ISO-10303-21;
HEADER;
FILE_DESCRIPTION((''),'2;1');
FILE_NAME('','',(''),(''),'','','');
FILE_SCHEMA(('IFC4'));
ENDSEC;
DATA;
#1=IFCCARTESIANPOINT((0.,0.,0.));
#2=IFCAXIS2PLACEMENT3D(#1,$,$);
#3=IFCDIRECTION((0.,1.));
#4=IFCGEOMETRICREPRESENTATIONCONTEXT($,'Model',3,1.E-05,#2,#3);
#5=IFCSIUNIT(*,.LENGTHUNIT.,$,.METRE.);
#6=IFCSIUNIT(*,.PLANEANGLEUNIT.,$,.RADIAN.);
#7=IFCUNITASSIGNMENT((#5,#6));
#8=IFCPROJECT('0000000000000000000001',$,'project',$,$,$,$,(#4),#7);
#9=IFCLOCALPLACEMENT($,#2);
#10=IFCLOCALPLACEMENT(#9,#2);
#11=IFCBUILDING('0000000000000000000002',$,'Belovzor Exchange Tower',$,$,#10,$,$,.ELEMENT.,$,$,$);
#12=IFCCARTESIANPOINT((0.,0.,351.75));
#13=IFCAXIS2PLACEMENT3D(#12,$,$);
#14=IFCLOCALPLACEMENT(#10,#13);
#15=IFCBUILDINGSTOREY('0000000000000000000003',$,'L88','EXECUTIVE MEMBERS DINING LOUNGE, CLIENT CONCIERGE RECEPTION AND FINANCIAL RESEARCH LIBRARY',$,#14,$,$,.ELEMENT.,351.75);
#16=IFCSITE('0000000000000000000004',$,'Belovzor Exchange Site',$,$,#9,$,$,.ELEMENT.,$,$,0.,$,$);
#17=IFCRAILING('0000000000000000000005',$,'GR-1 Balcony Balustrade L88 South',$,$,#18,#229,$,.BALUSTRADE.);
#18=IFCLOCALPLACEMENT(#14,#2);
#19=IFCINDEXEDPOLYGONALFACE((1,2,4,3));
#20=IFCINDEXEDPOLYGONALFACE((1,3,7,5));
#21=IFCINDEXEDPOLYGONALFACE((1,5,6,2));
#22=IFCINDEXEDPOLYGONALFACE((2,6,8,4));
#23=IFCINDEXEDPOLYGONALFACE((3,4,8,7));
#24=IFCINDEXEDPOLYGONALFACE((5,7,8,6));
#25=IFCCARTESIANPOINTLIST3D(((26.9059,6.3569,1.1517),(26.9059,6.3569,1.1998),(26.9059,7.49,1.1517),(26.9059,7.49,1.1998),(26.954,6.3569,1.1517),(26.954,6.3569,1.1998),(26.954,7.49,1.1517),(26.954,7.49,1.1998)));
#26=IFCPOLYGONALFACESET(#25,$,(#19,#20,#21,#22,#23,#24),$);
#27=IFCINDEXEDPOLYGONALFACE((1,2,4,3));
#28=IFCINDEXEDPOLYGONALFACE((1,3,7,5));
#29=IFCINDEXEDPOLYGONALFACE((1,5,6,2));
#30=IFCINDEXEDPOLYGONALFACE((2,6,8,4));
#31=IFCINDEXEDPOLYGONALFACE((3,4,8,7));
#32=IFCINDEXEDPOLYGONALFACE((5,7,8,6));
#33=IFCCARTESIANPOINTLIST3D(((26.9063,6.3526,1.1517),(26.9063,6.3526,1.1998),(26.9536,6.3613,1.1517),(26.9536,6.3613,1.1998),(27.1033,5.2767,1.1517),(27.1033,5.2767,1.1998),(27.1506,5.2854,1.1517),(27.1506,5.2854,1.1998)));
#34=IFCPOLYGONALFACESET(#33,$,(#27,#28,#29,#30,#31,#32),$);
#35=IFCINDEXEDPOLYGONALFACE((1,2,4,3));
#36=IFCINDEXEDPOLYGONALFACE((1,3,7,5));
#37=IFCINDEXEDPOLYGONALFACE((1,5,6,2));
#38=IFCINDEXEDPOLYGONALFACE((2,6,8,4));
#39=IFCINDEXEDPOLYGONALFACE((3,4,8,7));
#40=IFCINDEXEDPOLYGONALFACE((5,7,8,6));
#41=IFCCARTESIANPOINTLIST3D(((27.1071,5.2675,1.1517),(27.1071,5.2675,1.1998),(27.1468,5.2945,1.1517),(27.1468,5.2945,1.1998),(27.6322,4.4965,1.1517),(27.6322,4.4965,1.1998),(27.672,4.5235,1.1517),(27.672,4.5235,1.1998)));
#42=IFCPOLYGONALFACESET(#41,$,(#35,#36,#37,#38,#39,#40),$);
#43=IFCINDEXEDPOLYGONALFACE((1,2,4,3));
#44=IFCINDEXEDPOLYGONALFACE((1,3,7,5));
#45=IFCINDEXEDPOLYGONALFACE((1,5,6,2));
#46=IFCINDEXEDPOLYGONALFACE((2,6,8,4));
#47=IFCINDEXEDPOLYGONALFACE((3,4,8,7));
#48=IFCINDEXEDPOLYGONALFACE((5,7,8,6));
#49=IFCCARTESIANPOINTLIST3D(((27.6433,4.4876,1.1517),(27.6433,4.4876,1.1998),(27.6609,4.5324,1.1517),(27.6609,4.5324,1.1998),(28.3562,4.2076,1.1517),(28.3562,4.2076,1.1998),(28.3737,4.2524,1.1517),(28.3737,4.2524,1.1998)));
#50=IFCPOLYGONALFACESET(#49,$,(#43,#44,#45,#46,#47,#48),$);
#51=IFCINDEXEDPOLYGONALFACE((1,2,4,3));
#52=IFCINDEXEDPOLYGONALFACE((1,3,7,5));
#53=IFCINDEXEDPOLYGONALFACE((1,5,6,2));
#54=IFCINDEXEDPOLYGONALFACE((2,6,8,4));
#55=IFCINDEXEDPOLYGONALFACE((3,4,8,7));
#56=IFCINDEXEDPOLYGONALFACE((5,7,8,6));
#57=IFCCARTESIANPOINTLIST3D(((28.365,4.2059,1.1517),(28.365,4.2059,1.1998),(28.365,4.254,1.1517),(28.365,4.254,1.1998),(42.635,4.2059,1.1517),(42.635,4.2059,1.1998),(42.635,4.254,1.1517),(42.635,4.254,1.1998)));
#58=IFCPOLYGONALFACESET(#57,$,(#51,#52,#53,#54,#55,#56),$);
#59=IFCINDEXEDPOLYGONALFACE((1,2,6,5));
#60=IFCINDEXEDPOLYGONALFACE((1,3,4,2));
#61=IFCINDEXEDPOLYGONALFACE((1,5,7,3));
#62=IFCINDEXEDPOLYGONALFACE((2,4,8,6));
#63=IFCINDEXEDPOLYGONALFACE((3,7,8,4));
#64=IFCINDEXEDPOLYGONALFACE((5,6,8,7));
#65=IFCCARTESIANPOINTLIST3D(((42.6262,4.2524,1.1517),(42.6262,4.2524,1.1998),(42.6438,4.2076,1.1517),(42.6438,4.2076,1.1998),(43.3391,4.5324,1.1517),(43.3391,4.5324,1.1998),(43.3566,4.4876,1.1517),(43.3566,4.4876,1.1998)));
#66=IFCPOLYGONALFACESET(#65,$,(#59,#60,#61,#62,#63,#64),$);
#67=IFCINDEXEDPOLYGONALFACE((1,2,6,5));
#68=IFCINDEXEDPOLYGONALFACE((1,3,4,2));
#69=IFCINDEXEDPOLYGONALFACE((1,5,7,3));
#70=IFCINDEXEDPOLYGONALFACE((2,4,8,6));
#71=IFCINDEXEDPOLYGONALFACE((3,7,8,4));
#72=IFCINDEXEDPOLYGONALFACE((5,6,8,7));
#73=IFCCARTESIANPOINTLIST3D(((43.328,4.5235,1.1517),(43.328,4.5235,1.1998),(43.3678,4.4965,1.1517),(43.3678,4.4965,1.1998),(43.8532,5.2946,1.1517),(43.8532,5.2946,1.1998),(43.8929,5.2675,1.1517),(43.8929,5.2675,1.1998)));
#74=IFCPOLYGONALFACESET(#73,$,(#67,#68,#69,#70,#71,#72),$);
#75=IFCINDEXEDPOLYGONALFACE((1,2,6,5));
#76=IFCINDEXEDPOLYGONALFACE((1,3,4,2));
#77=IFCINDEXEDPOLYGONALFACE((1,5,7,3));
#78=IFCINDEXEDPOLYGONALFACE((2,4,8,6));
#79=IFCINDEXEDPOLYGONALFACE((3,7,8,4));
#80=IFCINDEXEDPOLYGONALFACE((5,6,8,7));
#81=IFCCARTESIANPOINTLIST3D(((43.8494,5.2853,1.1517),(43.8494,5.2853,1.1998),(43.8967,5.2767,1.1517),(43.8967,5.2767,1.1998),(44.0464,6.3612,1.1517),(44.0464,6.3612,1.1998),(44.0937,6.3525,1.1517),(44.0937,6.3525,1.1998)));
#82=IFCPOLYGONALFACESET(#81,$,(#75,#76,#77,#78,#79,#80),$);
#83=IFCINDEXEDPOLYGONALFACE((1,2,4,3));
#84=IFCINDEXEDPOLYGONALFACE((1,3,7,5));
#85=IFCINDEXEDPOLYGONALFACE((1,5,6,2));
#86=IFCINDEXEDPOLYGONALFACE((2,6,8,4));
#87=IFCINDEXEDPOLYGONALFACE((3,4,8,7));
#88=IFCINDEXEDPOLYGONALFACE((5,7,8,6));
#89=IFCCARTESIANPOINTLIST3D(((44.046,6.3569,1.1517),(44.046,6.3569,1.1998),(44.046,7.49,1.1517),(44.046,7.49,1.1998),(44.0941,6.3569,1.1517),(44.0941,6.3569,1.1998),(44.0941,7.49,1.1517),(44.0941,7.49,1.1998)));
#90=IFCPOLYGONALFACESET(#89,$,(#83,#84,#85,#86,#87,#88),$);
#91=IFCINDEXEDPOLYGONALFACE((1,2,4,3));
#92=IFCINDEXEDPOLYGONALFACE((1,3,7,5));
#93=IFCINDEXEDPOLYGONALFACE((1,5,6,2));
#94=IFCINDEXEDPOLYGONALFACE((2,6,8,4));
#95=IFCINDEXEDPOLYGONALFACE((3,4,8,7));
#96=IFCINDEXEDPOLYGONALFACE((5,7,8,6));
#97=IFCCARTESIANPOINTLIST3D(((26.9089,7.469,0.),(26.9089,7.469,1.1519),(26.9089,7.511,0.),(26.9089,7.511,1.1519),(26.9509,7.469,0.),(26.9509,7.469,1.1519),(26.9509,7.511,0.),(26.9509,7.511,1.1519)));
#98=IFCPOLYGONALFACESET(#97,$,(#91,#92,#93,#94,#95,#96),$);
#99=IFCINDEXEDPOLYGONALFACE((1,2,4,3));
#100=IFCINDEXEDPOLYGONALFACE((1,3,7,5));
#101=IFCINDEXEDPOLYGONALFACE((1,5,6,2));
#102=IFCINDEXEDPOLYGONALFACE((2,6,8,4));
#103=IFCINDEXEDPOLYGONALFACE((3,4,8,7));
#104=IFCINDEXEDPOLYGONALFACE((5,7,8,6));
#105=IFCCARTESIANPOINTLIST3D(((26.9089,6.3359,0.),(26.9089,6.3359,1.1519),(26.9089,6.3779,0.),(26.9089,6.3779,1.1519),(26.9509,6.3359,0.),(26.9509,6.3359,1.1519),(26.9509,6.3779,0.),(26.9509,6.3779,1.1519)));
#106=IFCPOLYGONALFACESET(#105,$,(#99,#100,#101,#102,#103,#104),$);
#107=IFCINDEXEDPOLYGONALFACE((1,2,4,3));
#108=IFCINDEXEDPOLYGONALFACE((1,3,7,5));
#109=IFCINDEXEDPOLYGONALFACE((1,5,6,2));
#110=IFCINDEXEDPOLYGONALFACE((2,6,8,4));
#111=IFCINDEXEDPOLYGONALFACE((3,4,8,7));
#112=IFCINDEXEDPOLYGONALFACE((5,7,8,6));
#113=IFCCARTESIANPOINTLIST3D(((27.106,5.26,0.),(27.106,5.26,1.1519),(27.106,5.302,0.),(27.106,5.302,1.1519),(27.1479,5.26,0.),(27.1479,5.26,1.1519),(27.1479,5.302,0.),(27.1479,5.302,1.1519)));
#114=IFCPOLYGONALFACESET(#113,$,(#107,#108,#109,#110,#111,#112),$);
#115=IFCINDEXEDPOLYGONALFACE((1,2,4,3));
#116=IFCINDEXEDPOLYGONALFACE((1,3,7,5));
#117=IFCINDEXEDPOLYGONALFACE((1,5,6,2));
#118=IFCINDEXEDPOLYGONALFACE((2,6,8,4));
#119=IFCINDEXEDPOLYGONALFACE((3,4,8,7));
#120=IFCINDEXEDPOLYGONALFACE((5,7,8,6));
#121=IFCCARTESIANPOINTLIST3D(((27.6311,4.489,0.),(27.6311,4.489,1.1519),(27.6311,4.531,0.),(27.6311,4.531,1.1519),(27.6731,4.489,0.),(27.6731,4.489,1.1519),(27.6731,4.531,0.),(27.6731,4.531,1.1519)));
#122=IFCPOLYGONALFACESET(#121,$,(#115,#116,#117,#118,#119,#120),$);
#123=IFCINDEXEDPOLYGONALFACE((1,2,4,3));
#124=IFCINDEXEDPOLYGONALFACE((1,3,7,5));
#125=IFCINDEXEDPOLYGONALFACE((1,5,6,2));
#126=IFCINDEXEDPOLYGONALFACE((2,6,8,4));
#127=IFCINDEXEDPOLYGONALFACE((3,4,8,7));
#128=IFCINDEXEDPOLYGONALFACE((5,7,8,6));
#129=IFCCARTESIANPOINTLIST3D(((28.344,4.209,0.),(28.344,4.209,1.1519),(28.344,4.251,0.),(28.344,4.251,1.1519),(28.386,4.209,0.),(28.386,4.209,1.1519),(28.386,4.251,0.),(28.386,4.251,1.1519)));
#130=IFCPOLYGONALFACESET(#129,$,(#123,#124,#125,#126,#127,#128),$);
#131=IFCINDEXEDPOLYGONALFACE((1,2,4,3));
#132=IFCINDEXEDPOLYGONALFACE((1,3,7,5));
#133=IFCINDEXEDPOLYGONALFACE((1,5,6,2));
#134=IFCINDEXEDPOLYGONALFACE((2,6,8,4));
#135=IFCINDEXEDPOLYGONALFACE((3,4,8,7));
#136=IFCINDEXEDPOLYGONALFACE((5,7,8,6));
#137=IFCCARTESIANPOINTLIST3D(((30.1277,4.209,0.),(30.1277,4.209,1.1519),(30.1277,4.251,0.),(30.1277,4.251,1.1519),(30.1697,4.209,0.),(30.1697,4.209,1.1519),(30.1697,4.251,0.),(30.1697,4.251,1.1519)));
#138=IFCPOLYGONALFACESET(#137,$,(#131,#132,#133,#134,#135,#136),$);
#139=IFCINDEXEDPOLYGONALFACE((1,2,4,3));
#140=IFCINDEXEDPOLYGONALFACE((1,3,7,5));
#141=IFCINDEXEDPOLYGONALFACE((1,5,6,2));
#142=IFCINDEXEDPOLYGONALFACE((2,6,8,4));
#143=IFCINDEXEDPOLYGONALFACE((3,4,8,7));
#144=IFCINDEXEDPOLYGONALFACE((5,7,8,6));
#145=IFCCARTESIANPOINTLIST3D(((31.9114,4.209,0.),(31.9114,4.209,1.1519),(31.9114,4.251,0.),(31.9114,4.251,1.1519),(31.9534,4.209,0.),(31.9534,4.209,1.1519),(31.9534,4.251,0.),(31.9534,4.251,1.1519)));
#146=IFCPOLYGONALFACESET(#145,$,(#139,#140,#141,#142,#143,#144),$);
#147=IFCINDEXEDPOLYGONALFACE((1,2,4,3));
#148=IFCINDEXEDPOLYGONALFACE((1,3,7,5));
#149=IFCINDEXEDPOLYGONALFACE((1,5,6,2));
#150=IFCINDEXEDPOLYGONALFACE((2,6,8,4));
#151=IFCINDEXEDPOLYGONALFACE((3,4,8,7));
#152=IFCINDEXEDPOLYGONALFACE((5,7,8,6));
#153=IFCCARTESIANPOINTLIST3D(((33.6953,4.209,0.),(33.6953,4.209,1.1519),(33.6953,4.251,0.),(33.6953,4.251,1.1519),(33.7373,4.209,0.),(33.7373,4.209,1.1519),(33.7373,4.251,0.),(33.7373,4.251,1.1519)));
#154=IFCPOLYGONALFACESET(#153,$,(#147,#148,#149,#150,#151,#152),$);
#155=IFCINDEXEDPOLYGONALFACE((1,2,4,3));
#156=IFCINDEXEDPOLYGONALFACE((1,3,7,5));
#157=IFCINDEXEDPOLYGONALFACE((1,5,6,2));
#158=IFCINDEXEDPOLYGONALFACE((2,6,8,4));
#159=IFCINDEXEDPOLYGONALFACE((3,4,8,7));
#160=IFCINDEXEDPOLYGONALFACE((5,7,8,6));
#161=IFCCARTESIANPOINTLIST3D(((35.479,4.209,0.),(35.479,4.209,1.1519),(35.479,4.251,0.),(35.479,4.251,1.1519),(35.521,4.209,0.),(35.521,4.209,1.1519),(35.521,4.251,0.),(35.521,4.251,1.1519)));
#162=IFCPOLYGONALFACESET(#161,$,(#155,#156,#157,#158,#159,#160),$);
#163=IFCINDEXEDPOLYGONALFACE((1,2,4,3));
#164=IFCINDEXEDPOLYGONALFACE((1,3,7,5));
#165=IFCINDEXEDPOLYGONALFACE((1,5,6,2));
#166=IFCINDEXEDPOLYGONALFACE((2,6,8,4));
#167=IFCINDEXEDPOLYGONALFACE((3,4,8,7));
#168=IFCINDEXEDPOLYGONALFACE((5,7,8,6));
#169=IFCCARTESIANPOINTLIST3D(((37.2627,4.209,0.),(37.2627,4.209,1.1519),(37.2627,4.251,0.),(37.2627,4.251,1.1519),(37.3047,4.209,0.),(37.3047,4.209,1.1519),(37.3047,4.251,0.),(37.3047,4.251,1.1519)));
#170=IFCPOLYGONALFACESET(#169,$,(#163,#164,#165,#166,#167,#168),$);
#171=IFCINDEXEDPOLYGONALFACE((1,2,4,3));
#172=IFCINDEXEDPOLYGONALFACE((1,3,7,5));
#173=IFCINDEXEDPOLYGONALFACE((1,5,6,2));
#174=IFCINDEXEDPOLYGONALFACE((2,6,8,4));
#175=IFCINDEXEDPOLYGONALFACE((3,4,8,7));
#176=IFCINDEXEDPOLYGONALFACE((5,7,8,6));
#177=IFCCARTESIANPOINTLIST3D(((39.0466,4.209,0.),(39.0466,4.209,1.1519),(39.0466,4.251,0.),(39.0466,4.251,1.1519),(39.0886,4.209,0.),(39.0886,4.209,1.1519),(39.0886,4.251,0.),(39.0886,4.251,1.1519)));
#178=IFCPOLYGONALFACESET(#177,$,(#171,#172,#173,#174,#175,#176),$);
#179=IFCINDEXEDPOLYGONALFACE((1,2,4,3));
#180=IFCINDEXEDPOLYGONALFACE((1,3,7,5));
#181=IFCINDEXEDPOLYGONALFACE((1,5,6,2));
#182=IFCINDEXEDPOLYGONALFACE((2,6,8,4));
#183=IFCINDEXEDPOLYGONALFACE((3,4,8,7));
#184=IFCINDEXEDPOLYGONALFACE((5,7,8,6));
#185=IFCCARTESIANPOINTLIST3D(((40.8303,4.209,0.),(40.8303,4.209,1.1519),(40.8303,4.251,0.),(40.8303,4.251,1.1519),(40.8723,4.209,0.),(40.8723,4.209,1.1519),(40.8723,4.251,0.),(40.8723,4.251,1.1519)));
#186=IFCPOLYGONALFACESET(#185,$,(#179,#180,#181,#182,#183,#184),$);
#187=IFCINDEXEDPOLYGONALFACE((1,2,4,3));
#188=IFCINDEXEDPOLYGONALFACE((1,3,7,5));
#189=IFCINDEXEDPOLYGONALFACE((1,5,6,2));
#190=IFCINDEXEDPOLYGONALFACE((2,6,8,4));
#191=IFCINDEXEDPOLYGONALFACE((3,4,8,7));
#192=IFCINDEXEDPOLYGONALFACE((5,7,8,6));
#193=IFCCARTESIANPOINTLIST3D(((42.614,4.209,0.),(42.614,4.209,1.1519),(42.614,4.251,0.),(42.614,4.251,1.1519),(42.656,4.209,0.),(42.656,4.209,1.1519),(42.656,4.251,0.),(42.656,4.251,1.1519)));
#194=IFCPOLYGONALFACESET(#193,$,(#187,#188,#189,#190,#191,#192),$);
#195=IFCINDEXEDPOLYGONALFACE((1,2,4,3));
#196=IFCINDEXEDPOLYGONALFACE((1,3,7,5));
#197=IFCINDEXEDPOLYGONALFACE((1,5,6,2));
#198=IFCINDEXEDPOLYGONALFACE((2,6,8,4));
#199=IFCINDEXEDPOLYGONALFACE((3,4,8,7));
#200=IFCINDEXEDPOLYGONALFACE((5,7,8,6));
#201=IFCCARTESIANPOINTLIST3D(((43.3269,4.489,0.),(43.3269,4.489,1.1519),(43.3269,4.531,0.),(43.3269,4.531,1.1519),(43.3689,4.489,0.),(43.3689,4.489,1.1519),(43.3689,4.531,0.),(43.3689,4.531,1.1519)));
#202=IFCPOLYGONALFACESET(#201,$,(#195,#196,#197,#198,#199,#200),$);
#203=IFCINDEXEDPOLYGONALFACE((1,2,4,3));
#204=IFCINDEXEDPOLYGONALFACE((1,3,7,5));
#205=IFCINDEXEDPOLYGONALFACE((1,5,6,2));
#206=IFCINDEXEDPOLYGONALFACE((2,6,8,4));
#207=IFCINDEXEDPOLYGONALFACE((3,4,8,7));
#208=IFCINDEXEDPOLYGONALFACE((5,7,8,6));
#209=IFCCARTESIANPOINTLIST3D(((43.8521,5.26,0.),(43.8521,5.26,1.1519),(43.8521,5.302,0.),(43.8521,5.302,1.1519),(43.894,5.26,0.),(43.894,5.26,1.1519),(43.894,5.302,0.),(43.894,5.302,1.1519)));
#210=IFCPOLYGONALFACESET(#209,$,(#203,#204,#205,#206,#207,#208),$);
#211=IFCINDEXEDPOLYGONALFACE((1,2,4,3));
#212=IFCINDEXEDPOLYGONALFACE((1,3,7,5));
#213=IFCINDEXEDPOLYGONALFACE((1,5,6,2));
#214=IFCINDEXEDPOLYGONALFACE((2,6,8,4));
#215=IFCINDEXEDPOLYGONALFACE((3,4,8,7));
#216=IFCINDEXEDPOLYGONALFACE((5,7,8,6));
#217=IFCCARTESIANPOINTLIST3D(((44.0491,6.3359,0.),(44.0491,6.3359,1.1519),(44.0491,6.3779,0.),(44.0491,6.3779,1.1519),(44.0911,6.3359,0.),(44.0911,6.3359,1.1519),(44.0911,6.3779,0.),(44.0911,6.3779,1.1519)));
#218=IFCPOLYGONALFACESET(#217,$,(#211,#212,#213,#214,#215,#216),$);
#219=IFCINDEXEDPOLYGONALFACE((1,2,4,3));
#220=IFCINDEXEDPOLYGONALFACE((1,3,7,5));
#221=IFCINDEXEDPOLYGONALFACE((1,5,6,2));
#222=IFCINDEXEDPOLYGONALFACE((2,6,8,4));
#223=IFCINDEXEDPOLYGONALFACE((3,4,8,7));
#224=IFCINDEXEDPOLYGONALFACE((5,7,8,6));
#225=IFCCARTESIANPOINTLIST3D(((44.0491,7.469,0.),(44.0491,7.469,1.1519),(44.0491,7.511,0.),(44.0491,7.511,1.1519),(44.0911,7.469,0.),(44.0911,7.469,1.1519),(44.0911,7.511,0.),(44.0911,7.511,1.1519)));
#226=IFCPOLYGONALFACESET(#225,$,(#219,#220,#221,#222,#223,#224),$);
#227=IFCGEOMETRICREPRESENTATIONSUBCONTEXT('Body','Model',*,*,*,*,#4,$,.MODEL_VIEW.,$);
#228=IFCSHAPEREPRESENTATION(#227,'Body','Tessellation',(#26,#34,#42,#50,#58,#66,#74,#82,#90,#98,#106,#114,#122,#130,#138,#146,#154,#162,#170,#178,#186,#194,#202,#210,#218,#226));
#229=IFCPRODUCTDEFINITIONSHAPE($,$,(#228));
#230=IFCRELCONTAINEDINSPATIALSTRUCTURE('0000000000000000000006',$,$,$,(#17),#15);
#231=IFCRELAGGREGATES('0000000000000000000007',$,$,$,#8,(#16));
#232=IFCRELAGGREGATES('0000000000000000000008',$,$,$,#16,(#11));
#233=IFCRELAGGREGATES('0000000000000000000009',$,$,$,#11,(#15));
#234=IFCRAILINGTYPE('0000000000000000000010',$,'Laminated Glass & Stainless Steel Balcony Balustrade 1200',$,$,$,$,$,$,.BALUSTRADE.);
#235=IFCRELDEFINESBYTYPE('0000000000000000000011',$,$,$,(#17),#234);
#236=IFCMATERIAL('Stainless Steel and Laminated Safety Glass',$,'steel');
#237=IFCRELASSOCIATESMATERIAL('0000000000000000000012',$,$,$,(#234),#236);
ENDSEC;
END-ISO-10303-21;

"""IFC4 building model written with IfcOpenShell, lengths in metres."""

from ifc_helpers import new_model, si_unit, direction, frame, origin, origin_2d, place, context, subcontext, project, spatial, rectangle, extrude, material, type_object, element, save


model = new_model("IFC4")

# Units and contexts
model_context = context("Model", 3, precision=1e-05, world=origin(), true_north=direction((0.0, 1.0)))
body_context = subcontext(model_context, "Body", "Model", "MODEL_VIEW")
ifc_project = project(units=[si_unit("LENGTHUNIT", "METRE"), si_unit("PLANEANGLEUNIT", "RADIAN")], contexts=[model_context])

# Site, building, storey
site_placement = place(None, origin())
site = spatial("IfcSite", under=ifc_project, at=site_placement, Name="Belovzor Exchange Site", CompositionType="ELEMENT", RefElevation=0.0)
building_placement = place(site_placement, origin())
building = spatial("IfcBuilding", under=site, at=building_placement, Name="Belovzor Exchange Tower", CompositionType="ELEMENT")
storey_placement = place(building_placement, frame((0.0, 0.0, 351.75)))
storey = spatial("IfcBuildingStorey", under=building, at=storey_placement, Name="L88", Description="EXECUTIVE MEMBERS DINING LOUNGE, CLIENT CONCIERGE RECEPTION AND FINANCIAL RESEARCH LIBRARY", CompositionType="ELEMENT", Elevation=351.75)

# Railing
ifc_material_1 = material(Name="Stainless Steel and Laminated Safety Glass", Category="steel")
railing_type = type_object("IfcRailingType", Name="Laminated Glass & Stainless Steel Balcony Balustrade 1200", PredefinedType="BALUSTRADE", material=ifc_material_1)
railing_placement = place(storey_placement, frame((26.9299, 7.49, 0.0)))
element("IfcRailing", 1, at=railing_placement, inside=storey, type_object=railing_type, Name="GR-1 Balcony Balustrade L88 South", PredefinedType="BALUSTRADE", context=body_context, shape_type="SweptSolid", body=[
    extrude(rectangle(XDim=0.0481, YDim=0.0481, at=origin_2d()), frame((0.0, 0.0, 1.1758), z_axis=(0.0, -1.0, 0.0), x_axis=(1.0, 0.0, 0.0)), (0.0, 0.0, 1.0), 1.1331),
    extrude(rectangle(XDim=0.0481, YDim=0.0481, at=origin_2d()), frame((0.0, -1.1331, 1.1758), z_axis=(0.180123, -0.983644, 0.0), x_axis=(0.983644, 0.180123, 0.0)), (0.0, 0.0, 1.0), 1.0938),
    extrude(rectangle(XDim=0.0481, YDim=0.0481, at=origin_2d()), frame((0.197, -2.209, 1.1758), z_axis=(0.562947, -0.826493, 0.0), x_axis=(0.826493, 0.562947, 0.0)), (0.0, 0.0, 1.0), 0.9329),
    extrude(rectangle(XDim=0.0481, YDim=0.0481, at=origin_2d()), frame((0.7222, -2.98, 1.1758), z_axis=(0.930767, -0.365613, 0.0), x_axis=(0.365613, 0.930767, 0.0)), (0.0, 0.0, 1.0), 0.7659),
    extrude(rectangle(XDim=0.0481, YDim=0.0481, at=origin_2d()), frame((1.4351, -3.26, 1.1758), z_axis=(1.0, 0.0, 0.0), x_axis=(0.0, 1.0, 0.0)), (0.0, 0.0, 1.0), 14.27),
    extrude(rectangle(XDim=0.0481, YDim=0.0481, at=origin_2d()), frame((15.7051, -3.26, 1.1758), z_axis=(0.930767, 0.365613, 0.0), x_axis=(-0.365613, 0.930767, 0.0)), (0.0, 0.0, 1.0), 0.7659),
    extrude(rectangle(XDim=0.0481, YDim=0.0481, at=origin_2d()), frame((16.418, -2.98, 1.1758), z_axis=(0.562947, 0.826493, 0.0), x_axis=(-0.826493, 0.562947, 0.0)), (0.0, 0.0, 1.0), 0.9329),
    extrude(rectangle(XDim=0.0481, YDim=0.0481, at=origin_2d()), frame((16.9431, -2.209, 1.1758), z_axis=(0.180123, 0.983644, 0.0), x_axis=(-0.983644, 0.180123, 0.0)), (0.0, 0.0, 1.0), 1.0938),
    extrude(rectangle(XDim=0.0481, YDim=0.0481, at=origin_2d()), frame((17.1401, -1.1331, 1.1758), z_axis=(0.0, 1.0, 0.0), x_axis=(-1.0, 0.0, 0.0)), (0.0, 0.0, 1.0), 1.1331),
    extrude(rectangle(XDim=0.042, YDim=0.042, at=origin_2d()), origin(), (0.0, 0.0, 1.0), 1.1519),
    extrude(rectangle(XDim=0.042, YDim=0.042, at=origin_2d()), frame((0.0, -1.1331, 0.0)), (0.0, 0.0, 1.0), 1.1519),
    extrude(rectangle(XDim=0.042, YDim=0.042, at=origin_2d()), frame((0.197, -2.209, 0.0)), (0.0, 0.0, 1.0), 1.1519),
    extrude(rectangle(XDim=0.042, YDim=0.042, at=origin_2d()), frame((0.7222, -2.98, 0.0)), (0.0, 0.0, 1.0), 1.1519),
    extrude(rectangle(XDim=0.042, YDim=0.042, at=origin_2d()), frame((1.4351, -3.26, 0.0)), (0.0, 0.0, 1.0), 1.1519),
    extrude(rectangle(XDim=0.042, YDim=0.042, at=origin_2d()), frame((3.2188, -3.26, 0.0)), (0.0, 0.0, 1.0), 1.1519),
    extrude(rectangle(XDim=0.042, YDim=0.042, at=origin_2d()), frame((5.0024, -3.26, 0.0)), (0.0, 0.0, 1.0), 1.1519),
    extrude(rectangle(XDim=0.042, YDim=0.042, at=origin_2d()), frame((6.7864, -3.26, 0.0)), (0.0, 0.0, 1.0), 1.1519),
    extrude(rectangle(XDim=0.042, YDim=0.042, at=origin_2d()), frame((8.5701, -3.26, 0.0)), (0.0, 0.0, 1.0), 1.1519),
    extrude(rectangle(XDim=0.042, YDim=0.042, at=origin_2d()), frame((10.3538, -3.26, 0.0)), (0.0, 0.0, 1.0), 1.1519),
    extrude(rectangle(XDim=0.042, YDim=0.042, at=origin_2d()), frame((12.1377, -3.26, 0.0)), (0.0, 0.0, 1.0), 1.1519),
    extrude(rectangle(XDim=0.042, YDim=0.042, at=origin_2d()), frame((13.9214, -3.26, 0.0)), (0.0, 0.0, 1.0), 1.1519),
    extrude(rectangle(XDim=0.042, YDim=0.042, at=origin_2d()), frame((15.7051, -3.26, 0.0)), (0.0, 0.0, 1.0), 1.1519),
    extrude(rectangle(XDim=0.042, YDim=0.042, at=origin_2d()), frame((16.418, -2.98, 0.0)), (0.0, 0.0, 1.0), 1.1519),
    extrude(rectangle(XDim=0.042, YDim=0.042, at=origin_2d()), frame((16.9431, -2.209, 0.0)), (0.0, 0.0, 1.0), 1.1519),
    extrude(rectangle(XDim=0.042, YDim=0.042, at=origin_2d()), frame((17.1401, -1.1331, 0.0)), (0.0, 0.0, 1.0), 1.1519),
    extrude(rectangle(XDim=0.042, YDim=0.042, at=origin_2d()), frame((17.1401, 0.0, 0.0)), (0.0, 0.0, 1.0), 1.1519),
])

save(model, "model.ifc")
